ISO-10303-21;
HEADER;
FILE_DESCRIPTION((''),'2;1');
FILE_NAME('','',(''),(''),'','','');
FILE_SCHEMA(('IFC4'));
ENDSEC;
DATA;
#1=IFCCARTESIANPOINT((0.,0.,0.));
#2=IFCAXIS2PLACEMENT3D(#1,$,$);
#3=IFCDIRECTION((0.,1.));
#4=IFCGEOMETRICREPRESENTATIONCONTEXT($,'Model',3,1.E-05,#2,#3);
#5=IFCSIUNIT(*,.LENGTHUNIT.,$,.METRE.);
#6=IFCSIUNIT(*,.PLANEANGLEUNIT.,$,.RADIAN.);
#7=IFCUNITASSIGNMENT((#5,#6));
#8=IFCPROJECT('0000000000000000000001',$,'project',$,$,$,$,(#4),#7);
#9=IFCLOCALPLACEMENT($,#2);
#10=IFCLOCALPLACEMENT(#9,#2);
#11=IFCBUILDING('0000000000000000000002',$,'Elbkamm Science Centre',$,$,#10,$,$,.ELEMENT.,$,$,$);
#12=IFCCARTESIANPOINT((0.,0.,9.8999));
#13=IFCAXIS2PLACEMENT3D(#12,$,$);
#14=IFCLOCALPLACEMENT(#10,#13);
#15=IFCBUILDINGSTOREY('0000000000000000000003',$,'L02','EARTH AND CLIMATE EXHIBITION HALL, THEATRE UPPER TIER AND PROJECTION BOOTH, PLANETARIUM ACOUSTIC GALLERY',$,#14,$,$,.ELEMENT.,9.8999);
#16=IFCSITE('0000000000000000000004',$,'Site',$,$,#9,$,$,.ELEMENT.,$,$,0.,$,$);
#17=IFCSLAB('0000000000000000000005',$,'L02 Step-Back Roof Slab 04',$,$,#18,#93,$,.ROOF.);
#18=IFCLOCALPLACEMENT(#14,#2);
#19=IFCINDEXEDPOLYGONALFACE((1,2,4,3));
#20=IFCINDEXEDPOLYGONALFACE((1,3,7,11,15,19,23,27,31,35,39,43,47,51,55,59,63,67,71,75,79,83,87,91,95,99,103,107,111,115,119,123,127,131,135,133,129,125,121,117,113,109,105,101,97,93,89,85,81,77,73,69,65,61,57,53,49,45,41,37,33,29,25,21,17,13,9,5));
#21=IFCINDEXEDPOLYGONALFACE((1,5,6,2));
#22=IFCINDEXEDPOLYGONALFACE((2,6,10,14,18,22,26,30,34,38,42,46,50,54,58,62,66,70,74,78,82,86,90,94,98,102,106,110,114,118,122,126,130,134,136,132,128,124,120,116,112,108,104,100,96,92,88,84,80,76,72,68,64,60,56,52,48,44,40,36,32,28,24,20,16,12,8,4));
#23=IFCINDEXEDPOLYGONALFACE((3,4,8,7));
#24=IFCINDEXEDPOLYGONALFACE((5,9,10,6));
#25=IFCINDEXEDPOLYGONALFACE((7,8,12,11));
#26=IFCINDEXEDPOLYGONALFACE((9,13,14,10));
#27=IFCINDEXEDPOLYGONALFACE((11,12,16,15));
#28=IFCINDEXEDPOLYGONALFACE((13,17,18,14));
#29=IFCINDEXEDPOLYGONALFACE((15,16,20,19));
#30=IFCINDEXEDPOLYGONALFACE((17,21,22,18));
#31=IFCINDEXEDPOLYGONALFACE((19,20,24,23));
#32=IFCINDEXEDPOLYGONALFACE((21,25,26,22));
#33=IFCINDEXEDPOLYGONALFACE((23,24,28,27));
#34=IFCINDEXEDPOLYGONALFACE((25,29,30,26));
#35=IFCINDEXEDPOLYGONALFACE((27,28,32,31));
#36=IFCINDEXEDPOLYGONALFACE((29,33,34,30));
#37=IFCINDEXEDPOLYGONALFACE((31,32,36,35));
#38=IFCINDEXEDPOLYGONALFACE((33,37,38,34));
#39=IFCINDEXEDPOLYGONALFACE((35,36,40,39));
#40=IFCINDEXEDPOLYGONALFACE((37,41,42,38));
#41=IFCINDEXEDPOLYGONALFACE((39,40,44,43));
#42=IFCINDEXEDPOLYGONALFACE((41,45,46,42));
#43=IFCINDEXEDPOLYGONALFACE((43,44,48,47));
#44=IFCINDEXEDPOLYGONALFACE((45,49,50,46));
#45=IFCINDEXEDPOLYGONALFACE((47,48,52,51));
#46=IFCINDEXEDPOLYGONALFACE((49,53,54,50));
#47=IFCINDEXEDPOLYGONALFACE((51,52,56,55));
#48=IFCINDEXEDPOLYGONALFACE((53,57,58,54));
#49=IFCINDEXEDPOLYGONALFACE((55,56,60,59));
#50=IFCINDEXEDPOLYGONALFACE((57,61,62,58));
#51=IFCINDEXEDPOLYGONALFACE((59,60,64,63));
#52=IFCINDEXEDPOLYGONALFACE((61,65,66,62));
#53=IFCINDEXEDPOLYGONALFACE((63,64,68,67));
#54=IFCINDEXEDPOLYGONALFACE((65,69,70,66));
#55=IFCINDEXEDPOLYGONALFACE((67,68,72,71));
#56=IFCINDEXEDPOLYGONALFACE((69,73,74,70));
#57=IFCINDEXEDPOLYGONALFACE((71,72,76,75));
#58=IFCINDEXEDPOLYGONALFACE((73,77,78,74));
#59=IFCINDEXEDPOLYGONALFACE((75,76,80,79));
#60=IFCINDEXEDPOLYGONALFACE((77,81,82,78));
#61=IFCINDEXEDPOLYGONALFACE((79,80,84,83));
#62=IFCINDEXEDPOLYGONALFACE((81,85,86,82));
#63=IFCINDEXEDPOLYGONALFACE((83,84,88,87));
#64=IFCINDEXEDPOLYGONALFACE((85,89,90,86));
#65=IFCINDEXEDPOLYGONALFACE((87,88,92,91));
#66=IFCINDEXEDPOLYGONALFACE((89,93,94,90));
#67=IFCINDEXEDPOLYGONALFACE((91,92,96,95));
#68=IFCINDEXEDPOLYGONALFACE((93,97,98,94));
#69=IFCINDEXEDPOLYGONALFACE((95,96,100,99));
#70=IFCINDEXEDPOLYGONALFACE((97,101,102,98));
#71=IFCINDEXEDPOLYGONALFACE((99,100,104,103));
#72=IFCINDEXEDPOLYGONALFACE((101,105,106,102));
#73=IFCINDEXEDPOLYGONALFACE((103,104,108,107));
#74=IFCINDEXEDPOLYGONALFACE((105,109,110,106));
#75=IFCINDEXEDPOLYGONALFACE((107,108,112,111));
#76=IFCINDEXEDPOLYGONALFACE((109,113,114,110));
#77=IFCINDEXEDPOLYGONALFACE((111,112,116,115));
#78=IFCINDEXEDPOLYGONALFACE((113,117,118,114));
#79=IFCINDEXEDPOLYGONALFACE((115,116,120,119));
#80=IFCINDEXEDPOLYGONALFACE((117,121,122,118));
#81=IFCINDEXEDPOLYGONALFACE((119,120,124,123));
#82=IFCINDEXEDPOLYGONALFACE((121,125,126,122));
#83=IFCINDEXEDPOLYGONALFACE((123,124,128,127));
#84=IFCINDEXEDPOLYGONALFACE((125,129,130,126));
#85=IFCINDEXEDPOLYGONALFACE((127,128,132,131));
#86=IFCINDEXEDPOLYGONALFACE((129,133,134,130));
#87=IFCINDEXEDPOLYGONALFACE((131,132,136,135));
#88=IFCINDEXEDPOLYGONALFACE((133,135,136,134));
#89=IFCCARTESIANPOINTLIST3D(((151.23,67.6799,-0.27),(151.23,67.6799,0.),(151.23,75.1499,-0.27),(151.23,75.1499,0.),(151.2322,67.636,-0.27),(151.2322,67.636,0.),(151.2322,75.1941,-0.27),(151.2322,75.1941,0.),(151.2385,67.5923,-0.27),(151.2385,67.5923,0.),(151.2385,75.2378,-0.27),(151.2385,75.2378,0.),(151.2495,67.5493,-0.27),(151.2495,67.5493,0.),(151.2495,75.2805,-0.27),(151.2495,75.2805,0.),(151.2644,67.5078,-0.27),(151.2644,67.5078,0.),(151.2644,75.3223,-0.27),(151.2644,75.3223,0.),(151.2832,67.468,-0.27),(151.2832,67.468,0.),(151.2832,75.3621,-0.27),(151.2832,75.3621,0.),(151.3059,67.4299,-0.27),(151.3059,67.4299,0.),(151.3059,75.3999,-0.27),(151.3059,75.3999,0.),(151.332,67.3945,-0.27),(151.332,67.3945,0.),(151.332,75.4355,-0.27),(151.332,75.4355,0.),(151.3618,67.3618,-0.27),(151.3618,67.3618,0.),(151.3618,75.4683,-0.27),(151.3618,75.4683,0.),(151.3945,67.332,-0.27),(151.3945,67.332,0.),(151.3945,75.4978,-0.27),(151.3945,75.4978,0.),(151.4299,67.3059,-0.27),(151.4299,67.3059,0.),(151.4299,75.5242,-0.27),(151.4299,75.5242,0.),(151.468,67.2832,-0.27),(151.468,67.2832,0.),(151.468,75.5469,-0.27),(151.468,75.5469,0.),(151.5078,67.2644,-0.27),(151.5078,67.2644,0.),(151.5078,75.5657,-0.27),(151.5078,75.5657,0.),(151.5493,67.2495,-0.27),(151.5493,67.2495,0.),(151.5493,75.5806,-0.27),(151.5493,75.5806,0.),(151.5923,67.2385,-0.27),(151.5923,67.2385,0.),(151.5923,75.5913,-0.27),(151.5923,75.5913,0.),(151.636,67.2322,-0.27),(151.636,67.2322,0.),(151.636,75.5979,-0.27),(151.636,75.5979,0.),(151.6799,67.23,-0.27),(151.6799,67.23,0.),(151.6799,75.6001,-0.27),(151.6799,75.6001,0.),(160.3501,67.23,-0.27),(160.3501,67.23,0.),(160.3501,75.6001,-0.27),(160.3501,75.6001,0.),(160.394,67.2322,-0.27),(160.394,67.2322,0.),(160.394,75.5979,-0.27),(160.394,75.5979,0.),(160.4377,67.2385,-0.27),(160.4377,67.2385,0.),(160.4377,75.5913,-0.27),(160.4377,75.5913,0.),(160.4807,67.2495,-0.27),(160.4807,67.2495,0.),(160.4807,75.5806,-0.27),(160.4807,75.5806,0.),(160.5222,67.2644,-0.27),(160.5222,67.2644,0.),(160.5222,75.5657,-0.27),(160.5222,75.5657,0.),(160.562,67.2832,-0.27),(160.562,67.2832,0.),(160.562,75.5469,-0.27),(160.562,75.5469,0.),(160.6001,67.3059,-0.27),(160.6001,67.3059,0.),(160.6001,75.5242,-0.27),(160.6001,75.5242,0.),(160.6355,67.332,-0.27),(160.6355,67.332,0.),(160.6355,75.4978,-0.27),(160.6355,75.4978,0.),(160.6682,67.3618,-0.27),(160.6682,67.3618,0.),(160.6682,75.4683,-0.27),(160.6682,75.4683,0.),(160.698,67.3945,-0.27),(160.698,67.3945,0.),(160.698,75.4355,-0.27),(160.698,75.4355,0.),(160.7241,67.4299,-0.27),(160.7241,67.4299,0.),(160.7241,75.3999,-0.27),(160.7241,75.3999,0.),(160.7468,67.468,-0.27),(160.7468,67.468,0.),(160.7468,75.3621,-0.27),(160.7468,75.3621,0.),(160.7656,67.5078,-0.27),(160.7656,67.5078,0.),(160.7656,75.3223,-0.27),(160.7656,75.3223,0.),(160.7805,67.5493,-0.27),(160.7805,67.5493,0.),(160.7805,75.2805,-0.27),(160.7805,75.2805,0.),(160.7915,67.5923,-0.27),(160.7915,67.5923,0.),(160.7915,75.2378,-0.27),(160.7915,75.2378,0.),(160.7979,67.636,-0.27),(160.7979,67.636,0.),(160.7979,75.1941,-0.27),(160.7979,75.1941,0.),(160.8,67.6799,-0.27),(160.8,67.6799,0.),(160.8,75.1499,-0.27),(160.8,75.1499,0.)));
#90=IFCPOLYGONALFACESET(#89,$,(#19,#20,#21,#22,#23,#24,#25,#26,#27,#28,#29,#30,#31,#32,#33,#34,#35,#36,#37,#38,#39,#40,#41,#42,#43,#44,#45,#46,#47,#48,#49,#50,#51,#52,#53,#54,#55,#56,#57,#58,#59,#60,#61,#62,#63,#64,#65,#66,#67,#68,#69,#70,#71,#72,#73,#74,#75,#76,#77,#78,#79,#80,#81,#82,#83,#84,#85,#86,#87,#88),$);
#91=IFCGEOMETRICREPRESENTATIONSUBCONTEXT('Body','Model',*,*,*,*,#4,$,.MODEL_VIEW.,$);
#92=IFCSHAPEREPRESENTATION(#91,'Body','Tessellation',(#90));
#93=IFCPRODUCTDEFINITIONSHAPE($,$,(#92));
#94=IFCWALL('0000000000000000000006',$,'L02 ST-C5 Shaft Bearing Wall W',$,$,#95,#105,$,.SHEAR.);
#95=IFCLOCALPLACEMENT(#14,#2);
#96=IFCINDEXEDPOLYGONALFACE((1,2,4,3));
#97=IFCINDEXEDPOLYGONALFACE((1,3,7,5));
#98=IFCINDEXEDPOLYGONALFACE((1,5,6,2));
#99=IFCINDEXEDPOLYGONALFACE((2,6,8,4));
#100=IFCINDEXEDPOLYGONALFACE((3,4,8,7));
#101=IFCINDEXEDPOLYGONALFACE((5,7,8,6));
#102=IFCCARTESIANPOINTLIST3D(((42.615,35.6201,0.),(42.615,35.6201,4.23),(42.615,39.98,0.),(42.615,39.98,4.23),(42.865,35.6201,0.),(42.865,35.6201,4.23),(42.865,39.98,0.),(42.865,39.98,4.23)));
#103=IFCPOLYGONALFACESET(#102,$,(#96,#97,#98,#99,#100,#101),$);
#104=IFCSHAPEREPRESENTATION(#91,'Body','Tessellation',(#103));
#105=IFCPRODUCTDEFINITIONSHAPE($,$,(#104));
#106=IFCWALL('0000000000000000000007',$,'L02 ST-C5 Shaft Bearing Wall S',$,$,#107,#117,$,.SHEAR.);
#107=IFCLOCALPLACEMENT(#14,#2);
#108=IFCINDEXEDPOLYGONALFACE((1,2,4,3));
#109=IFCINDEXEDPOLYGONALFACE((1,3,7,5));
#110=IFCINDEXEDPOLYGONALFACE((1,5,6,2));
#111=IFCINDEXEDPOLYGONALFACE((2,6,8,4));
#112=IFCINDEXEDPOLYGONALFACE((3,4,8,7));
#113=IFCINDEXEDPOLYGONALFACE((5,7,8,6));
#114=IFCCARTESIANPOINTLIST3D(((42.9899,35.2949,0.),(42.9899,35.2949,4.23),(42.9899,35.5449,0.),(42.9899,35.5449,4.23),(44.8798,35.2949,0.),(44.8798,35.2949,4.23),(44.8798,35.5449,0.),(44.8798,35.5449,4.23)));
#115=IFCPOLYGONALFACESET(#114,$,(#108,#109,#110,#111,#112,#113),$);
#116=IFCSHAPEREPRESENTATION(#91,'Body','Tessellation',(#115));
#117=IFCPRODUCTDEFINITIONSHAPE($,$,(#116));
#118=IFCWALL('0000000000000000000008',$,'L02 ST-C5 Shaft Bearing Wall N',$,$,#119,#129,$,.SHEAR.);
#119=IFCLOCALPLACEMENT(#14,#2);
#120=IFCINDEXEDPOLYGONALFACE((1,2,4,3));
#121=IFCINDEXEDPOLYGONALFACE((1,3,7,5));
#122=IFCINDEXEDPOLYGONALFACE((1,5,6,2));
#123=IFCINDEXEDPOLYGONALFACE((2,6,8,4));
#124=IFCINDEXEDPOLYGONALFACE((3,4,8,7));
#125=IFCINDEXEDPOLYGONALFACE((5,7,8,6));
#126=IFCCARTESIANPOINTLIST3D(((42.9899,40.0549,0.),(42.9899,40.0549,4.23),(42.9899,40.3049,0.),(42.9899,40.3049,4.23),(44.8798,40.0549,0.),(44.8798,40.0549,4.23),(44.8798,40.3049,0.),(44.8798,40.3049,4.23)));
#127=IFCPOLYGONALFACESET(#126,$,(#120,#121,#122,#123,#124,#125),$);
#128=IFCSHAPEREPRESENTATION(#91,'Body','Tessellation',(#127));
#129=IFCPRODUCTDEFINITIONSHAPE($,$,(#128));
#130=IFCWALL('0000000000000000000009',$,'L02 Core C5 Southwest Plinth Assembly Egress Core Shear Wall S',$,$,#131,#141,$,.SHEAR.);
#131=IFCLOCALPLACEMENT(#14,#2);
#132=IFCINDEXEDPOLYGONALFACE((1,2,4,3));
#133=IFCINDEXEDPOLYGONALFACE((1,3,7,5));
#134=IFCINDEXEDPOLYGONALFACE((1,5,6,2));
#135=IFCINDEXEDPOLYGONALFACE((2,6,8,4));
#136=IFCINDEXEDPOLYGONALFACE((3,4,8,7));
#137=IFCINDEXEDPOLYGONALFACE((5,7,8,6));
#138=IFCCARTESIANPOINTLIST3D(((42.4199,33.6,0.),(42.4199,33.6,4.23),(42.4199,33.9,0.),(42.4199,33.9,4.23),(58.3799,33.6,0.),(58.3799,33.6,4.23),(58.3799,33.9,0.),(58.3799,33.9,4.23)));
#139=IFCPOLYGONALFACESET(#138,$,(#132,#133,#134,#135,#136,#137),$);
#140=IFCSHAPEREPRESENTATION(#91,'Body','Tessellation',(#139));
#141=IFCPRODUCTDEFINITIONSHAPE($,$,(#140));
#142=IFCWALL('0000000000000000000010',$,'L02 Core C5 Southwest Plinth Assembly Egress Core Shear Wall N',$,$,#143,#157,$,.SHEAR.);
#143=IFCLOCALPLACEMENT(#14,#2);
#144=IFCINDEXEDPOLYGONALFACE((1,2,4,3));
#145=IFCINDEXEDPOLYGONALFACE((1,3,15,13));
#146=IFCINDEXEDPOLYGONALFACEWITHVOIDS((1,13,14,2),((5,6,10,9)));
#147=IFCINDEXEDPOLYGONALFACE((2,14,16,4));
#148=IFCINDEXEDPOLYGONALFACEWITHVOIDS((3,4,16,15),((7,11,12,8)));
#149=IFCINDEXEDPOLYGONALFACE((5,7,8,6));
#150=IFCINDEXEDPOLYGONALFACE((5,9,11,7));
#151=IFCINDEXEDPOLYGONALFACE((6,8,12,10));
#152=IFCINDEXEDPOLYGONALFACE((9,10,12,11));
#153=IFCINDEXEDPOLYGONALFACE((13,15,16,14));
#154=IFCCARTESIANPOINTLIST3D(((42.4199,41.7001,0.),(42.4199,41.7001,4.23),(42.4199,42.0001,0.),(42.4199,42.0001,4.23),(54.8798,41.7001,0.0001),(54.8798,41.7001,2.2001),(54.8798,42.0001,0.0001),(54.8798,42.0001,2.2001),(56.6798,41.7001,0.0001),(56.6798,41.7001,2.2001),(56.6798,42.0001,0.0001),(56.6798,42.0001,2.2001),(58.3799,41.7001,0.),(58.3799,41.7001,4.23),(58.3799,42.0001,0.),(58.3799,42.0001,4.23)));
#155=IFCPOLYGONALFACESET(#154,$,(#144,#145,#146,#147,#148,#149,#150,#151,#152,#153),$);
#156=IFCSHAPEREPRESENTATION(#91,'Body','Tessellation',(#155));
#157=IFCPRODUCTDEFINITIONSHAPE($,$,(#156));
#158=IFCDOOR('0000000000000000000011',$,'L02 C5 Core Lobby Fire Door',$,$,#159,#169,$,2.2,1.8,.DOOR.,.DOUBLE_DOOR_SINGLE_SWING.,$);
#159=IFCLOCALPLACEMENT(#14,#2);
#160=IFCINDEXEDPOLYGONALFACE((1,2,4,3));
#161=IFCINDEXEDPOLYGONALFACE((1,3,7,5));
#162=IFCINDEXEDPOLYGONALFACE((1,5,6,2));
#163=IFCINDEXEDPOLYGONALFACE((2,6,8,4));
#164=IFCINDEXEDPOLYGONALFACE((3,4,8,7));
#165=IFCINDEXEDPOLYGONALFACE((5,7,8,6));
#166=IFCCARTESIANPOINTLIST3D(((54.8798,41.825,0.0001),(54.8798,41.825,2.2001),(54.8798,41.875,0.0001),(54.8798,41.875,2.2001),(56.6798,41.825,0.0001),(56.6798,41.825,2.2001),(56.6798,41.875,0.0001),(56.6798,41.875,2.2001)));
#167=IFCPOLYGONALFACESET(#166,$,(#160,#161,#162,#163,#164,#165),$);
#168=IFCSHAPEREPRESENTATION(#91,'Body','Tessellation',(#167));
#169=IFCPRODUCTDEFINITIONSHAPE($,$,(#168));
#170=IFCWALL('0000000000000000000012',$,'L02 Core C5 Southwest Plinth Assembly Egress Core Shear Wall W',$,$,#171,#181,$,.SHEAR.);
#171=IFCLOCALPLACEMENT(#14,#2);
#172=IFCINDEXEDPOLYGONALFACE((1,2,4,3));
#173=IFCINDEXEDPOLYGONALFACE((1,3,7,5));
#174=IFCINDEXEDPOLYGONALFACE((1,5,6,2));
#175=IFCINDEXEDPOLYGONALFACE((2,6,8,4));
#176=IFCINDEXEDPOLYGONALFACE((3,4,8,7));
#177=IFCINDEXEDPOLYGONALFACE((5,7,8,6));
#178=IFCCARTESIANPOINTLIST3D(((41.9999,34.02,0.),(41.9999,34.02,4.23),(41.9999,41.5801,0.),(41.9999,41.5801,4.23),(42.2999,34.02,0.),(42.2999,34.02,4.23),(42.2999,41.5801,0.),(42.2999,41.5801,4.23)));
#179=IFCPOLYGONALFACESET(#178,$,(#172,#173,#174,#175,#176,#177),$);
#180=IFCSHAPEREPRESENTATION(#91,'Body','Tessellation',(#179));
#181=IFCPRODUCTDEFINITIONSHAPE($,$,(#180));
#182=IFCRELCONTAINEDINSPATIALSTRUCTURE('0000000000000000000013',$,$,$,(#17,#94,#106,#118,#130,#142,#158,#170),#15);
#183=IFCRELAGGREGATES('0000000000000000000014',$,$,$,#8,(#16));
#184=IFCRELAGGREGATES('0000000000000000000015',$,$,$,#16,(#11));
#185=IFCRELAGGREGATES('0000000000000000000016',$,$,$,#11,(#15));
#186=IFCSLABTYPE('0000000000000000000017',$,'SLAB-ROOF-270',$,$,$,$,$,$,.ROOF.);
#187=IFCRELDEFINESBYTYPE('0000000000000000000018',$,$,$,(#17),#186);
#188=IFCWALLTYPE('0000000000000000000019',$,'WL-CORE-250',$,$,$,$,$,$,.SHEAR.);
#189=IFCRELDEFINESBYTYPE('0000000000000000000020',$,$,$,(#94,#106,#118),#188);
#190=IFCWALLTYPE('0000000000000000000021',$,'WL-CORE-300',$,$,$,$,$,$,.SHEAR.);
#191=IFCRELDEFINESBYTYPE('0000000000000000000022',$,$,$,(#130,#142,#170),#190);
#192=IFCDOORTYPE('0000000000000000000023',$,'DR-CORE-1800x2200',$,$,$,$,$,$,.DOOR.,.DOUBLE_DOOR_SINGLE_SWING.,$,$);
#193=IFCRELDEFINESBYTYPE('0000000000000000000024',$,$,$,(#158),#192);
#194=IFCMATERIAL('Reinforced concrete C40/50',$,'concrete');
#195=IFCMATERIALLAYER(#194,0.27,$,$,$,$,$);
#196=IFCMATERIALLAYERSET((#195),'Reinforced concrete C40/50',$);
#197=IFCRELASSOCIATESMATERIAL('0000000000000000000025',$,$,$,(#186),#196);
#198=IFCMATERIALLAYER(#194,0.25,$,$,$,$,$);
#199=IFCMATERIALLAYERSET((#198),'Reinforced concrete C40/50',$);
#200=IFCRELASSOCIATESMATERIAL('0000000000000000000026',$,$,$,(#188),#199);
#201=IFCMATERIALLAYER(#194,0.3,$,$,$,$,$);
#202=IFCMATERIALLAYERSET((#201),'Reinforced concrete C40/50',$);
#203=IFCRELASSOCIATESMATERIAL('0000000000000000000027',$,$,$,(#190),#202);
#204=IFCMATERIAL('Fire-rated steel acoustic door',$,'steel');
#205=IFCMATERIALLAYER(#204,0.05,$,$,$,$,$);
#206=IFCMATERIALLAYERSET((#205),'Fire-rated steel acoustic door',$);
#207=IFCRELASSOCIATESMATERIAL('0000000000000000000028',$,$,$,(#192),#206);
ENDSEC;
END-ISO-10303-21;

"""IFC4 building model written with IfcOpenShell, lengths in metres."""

from ifc_helpers import new_model, si_unit, direction, frame, frame_2d, origin, place, context, subcontext, project, spatial, polyline, rectangle, outline, extrude, material, layer, layer_set, type_object, element, fill, save


model = new_model("IFC4")

# Units and contexts
model_context = context("Model", 3, precision=1e-05, world=origin(), true_north=direction((0.0, 1.0)))
body_context = subcontext(model_context, "Body", "Model", "MODEL_VIEW")
ifc_project = project(units=[si_unit("LENGTHUNIT", "METRE"), si_unit("PLANEANGLEUNIT", "RADIAN")], contexts=[model_context])

# Site, building, storey
site_placement = place(None, origin())
site = spatial("IfcSite", under=ifc_project, at=site_placement, Name="Site", CompositionType="ELEMENT", RefElevation=0.0)
building_placement = place(site_placement, origin())
building = spatial("IfcBuilding", under=site, at=building_placement, Name="Elbkamm Science Centre", CompositionType="ELEMENT")
storey_placement = place(building_placement, frame((0.0, 0.0, 9.8999)))
storey = spatial("IfcBuildingStorey", under=building, at=storey_placement, Name="L02", Description="EARTH AND CLIMATE EXHIBITION HALL, THEATRE UPPER TIER AND PROJECTION BOOTH, PLANETARIUM ACOUSTIC GALLERY", CompositionType="ELEMENT", Elevation=9.8999)

# Shared definitions
ifc_material_1 = material(Name="Reinforced concrete C40/50", Category="concrete")

# Slab
ifc_layer_1 = layer(ifc_material_1, 0.27)
ifc_layer_set_1 = layer_set([ifc_layer_1], Name="Reinforced concrete C40/50")
slab_type_1 = type_object("IfcSlabType", Name="SLAB-ROOF-270", PredefinedType="ROOF", material=ifc_layer_set_1)
slab_1_placement = place(storey_placement, frame((0.0, 0.0, -0.27)))
element("IfcSlab", 1, at=slab_1_placement, inside=storey, type_object=slab_type_1, Name="L02 Step-Back Roof Slab 04", PredefinedType="ROOF", context=body_context, shape_type="SweptSolid", body=[
    extrude(outline(polyline([(160.7915, 67.5923), (160.7805, 67.5493), (160.7656, 67.5078), (160.7468, 67.468), (160.7241, 67.4299), (160.698, 67.3945), (160.6682, 67.3618), (160.6355, 67.332), (160.6001, 67.3059), (160.562, 67.2832), (160.5222, 67.2644), (160.4807, 67.2495), (160.4377, 67.2385), (160.394, 67.2322), (160.3501, 67.23), (151.6799, 67.23), (151.636, 67.2322), (151.5923, 67.2385), (151.5493, 67.2495), (151.5078, 67.2644), (151.468, 67.2832), (151.4299, 67.3059), (151.3945, 67.332), (151.3618, 67.3618), (151.332, 67.3945), (151.3059, 67.4299), (151.2832, 67.468), (151.2644, 67.5078), (151.2495, 67.5493), (151.2385, 67.5923), (151.2322, 67.636), (151.23, 67.6799), (151.23, 75.1499), (151.2322, 75.1941), (151.2385, 75.2378), (151.2495, 75.2805), (151.2644, 75.3223), (151.2832, 75.3621), (151.3059, 75.3999), (151.332, 75.4355), (151.3618, 75.4683), (151.3945, 75.4978), (151.4299, 75.5242), (151.468, 75.5469), (151.5078, 75.5657), (151.5493, 75.5806), (151.5923, 75.5913), (151.636, 75.5979), (151.6799, 75.6001), (160.3501, 75.6001), (160.394, 75.5979), (160.4377, 75.5913), (160.4807, 75.5806), (160.5222, 75.5657), (160.562, 75.5469), (160.6001, 75.5242), (160.6355, 75.4978), (160.6682, 75.4683), (160.698, 75.4355), (160.7241, 75.3999), (160.7468, 75.3621), (160.7656, 75.3223), (160.7805, 75.2805), (160.7915, 75.2378), (160.7979, 75.1941), (160.8, 75.1499), (160.8, 67.6799), (160.7979, 67.636), (160.7915, 67.5923)])), origin(), (0.0, 0.0, 1.0), 0.27),
])

# Walls
ifc_layer_2 = layer(ifc_material_1, 0.25)
ifc_layer_set_2 = layer_set([ifc_layer_2], Name="Reinforced concrete C40/50")
wall_type_1 = type_object("IfcWallType", Name="WL-CORE-250", PredefinedType="SHEAR", material=ifc_layer_set_2)
wall_1_placement = place(storey_placement, frame((42.74, 35.6201, 0.0), z_axis=(0.0, 0.0, 1.0), x_axis=(0.0, 1.0, 0.0)))
element("IfcWall", 2, at=wall_1_placement, inside=storey, type_object=wall_type_1, Name="L02 ST-C5 Shaft Bearing Wall W", PredefinedType="SHEAR", context=body_context, shape_type="SweptSolid", body=[
    extrude(rectangle(XDim=4.3599, YDim=0.25, at=frame_2d((2.1799, 0.0))), origin(), (0.0, 0.0, 1.0), 4.23),
])
for number, where, z_axis, x_axis, name in (
    (3, (42.99, 35.4199, 0.0), (0.0, 0.0, 1.0), (1.0, 0.0, 0.0), "L02 ST-C5 Shaft Bearing Wall S"),
    (4, (42.99, 40.1799, 0.0), (0.0, 0.0, 1.0), (1.0, 0.0, 0.0), "L02 ST-C5 Shaft Bearing Wall N"),
):
    element("IfcWall", number, at=place(storey_placement, frame(where, z_axis=z_axis, x_axis=x_axis)), inside=storey, type_object=wall_type_1, Name=name, PredefinedType="SHEAR", context=body_context, shape_type="SweptSolid", body=[
        extrude(rectangle(XDim=1.8899, YDim=0.25, at=frame_2d((0.9448, 0.0))), origin(), (0.0, 0.0, 1.0), 4.23),
    ])
ifc_layer_3 = layer(ifc_material_1, 0.3)
ifc_layer_set_3 = layer_set([ifc_layer_3], Name="Reinforced concrete C40/50")
wall_type_2 = type_object("IfcWallType", Name="WL-CORE-300", PredefinedType="SHEAR", material=ifc_layer_set_3)
wall_2_placement = place(storey_placement, frame((42.4199, 33.75, 0.0), z_axis=(0.0, 0.0, 1.0), x_axis=(1.0, 0.0, 0.0)))
element("IfcWall", 5, at=wall_2_placement, inside=storey, type_object=wall_type_2, Name="L02 Core C5 Southwest Plinth Assembly Egress Core Shear Wall S", PredefinedType="SHEAR", context=body_context, shape_type="SweptSolid", body=[
    extrude(rectangle(XDim=15.96, YDim=0.3, at=frame_2d((7.98, 0.0))), origin(), (0.0, 0.0, 1.0), 4.23),
])

# Wall, opening, door
wall_3_placement = place(storey_placement, frame((42.4199, 41.8501, 0.0), z_axis=(0.0, 0.0, 1.0), x_axis=(1.0, 0.0, 0.0)))
wall_3 = element("IfcWall", 6, at=wall_3_placement, inside=storey, type_object=wall_type_2, Name="L02 Core C5 Southwest Plinth Assembly Egress Core Shear Wall N", PredefinedType="SHEAR", context=body_context, shape_type="SweptSolid", body=[
    extrude(rectangle(XDim=15.96, YDim=0.3, at=frame_2d((7.98, 0.0))), origin(), (0.0, 0.0, 1.0), 4.23),
])
opening_placement = place(wall_3_placement, frame((12.46, 0.0, 0.0)))
opening = element("IfcOpeningElement", 7, at=opening_placement, cuts=wall_3, PredefinedType="OPENING", context=body_context, shape_type="SweptSolid", body=[
    extrude(rectangle(XDim=1.8, YDim=2.2, at=frame_2d((0.8999, 1.1001))), frame((0.0, 0.1621, 0.0), z_axis=(0.0, -1.0, 0.0), x_axis=(1.0, 0.0, 0.0)), (0.0, 0.0, 1.0), 0.324),
])
ifc_material_2 = material(Name="Fire-rated steel acoustic door", Category="steel")
ifc_layer_4 = layer(ifc_material_2, 0.05)
ifc_layer_set_4 = layer_set([ifc_layer_4], Name="Fire-rated steel acoustic door")
door_type = type_object("IfcDoorType", Name="DR-CORE-1800x2200", OperationType="DOUBLE_DOOR_SINGLE_SWING", PredefinedType="DOOR", material=ifc_layer_set_4)
door_placement = place(opening_placement, origin())
door = element("IfcDoor", 8, at=door_placement, inside=storey, type_object=door_type, Name="L02 C5 Core Lobby Fire Door", OperationType="DOUBLE_DOOR_SINGLE_SWING", OverallHeight=2.2, OverallWidth=1.8, PredefinedType="DOOR", context=body_context, shape_type="SweptSolid", body=[
    extrude(rectangle(XDim=1.8, YDim=2.2, at=frame_2d((0.8999, 1.1001))), frame((0.0, 0.0249, 0.0), z_axis=(0.0, -1.0, 0.0), x_axis=(1.0, 0.0, 0.0)), (0.0, 0.0, 1.0), 0.05),
])
fill(opening, door)

# Wall
wall_4_placement = place(storey_placement, frame((42.1499, 34.02, 0.0), z_axis=(0.0, 0.0, 1.0), x_axis=(0.0, 1.0, 0.0)))
element("IfcWall", 9, at=wall_4_placement, inside=storey, type_object=wall_type_2, Name="L02 Core C5 Southwest Plinth Assembly Egress Core Shear Wall W", PredefinedType="SHEAR", context=body_context, shape_type="SweptSolid", body=[
    extrude(rectangle(XDim=7.5601, YDim=0.3, at=frame_2d((3.78, 0.0))), origin(), (0.0, 0.0, 1.0), 4.23),
])

save(model, "model.ifc")
